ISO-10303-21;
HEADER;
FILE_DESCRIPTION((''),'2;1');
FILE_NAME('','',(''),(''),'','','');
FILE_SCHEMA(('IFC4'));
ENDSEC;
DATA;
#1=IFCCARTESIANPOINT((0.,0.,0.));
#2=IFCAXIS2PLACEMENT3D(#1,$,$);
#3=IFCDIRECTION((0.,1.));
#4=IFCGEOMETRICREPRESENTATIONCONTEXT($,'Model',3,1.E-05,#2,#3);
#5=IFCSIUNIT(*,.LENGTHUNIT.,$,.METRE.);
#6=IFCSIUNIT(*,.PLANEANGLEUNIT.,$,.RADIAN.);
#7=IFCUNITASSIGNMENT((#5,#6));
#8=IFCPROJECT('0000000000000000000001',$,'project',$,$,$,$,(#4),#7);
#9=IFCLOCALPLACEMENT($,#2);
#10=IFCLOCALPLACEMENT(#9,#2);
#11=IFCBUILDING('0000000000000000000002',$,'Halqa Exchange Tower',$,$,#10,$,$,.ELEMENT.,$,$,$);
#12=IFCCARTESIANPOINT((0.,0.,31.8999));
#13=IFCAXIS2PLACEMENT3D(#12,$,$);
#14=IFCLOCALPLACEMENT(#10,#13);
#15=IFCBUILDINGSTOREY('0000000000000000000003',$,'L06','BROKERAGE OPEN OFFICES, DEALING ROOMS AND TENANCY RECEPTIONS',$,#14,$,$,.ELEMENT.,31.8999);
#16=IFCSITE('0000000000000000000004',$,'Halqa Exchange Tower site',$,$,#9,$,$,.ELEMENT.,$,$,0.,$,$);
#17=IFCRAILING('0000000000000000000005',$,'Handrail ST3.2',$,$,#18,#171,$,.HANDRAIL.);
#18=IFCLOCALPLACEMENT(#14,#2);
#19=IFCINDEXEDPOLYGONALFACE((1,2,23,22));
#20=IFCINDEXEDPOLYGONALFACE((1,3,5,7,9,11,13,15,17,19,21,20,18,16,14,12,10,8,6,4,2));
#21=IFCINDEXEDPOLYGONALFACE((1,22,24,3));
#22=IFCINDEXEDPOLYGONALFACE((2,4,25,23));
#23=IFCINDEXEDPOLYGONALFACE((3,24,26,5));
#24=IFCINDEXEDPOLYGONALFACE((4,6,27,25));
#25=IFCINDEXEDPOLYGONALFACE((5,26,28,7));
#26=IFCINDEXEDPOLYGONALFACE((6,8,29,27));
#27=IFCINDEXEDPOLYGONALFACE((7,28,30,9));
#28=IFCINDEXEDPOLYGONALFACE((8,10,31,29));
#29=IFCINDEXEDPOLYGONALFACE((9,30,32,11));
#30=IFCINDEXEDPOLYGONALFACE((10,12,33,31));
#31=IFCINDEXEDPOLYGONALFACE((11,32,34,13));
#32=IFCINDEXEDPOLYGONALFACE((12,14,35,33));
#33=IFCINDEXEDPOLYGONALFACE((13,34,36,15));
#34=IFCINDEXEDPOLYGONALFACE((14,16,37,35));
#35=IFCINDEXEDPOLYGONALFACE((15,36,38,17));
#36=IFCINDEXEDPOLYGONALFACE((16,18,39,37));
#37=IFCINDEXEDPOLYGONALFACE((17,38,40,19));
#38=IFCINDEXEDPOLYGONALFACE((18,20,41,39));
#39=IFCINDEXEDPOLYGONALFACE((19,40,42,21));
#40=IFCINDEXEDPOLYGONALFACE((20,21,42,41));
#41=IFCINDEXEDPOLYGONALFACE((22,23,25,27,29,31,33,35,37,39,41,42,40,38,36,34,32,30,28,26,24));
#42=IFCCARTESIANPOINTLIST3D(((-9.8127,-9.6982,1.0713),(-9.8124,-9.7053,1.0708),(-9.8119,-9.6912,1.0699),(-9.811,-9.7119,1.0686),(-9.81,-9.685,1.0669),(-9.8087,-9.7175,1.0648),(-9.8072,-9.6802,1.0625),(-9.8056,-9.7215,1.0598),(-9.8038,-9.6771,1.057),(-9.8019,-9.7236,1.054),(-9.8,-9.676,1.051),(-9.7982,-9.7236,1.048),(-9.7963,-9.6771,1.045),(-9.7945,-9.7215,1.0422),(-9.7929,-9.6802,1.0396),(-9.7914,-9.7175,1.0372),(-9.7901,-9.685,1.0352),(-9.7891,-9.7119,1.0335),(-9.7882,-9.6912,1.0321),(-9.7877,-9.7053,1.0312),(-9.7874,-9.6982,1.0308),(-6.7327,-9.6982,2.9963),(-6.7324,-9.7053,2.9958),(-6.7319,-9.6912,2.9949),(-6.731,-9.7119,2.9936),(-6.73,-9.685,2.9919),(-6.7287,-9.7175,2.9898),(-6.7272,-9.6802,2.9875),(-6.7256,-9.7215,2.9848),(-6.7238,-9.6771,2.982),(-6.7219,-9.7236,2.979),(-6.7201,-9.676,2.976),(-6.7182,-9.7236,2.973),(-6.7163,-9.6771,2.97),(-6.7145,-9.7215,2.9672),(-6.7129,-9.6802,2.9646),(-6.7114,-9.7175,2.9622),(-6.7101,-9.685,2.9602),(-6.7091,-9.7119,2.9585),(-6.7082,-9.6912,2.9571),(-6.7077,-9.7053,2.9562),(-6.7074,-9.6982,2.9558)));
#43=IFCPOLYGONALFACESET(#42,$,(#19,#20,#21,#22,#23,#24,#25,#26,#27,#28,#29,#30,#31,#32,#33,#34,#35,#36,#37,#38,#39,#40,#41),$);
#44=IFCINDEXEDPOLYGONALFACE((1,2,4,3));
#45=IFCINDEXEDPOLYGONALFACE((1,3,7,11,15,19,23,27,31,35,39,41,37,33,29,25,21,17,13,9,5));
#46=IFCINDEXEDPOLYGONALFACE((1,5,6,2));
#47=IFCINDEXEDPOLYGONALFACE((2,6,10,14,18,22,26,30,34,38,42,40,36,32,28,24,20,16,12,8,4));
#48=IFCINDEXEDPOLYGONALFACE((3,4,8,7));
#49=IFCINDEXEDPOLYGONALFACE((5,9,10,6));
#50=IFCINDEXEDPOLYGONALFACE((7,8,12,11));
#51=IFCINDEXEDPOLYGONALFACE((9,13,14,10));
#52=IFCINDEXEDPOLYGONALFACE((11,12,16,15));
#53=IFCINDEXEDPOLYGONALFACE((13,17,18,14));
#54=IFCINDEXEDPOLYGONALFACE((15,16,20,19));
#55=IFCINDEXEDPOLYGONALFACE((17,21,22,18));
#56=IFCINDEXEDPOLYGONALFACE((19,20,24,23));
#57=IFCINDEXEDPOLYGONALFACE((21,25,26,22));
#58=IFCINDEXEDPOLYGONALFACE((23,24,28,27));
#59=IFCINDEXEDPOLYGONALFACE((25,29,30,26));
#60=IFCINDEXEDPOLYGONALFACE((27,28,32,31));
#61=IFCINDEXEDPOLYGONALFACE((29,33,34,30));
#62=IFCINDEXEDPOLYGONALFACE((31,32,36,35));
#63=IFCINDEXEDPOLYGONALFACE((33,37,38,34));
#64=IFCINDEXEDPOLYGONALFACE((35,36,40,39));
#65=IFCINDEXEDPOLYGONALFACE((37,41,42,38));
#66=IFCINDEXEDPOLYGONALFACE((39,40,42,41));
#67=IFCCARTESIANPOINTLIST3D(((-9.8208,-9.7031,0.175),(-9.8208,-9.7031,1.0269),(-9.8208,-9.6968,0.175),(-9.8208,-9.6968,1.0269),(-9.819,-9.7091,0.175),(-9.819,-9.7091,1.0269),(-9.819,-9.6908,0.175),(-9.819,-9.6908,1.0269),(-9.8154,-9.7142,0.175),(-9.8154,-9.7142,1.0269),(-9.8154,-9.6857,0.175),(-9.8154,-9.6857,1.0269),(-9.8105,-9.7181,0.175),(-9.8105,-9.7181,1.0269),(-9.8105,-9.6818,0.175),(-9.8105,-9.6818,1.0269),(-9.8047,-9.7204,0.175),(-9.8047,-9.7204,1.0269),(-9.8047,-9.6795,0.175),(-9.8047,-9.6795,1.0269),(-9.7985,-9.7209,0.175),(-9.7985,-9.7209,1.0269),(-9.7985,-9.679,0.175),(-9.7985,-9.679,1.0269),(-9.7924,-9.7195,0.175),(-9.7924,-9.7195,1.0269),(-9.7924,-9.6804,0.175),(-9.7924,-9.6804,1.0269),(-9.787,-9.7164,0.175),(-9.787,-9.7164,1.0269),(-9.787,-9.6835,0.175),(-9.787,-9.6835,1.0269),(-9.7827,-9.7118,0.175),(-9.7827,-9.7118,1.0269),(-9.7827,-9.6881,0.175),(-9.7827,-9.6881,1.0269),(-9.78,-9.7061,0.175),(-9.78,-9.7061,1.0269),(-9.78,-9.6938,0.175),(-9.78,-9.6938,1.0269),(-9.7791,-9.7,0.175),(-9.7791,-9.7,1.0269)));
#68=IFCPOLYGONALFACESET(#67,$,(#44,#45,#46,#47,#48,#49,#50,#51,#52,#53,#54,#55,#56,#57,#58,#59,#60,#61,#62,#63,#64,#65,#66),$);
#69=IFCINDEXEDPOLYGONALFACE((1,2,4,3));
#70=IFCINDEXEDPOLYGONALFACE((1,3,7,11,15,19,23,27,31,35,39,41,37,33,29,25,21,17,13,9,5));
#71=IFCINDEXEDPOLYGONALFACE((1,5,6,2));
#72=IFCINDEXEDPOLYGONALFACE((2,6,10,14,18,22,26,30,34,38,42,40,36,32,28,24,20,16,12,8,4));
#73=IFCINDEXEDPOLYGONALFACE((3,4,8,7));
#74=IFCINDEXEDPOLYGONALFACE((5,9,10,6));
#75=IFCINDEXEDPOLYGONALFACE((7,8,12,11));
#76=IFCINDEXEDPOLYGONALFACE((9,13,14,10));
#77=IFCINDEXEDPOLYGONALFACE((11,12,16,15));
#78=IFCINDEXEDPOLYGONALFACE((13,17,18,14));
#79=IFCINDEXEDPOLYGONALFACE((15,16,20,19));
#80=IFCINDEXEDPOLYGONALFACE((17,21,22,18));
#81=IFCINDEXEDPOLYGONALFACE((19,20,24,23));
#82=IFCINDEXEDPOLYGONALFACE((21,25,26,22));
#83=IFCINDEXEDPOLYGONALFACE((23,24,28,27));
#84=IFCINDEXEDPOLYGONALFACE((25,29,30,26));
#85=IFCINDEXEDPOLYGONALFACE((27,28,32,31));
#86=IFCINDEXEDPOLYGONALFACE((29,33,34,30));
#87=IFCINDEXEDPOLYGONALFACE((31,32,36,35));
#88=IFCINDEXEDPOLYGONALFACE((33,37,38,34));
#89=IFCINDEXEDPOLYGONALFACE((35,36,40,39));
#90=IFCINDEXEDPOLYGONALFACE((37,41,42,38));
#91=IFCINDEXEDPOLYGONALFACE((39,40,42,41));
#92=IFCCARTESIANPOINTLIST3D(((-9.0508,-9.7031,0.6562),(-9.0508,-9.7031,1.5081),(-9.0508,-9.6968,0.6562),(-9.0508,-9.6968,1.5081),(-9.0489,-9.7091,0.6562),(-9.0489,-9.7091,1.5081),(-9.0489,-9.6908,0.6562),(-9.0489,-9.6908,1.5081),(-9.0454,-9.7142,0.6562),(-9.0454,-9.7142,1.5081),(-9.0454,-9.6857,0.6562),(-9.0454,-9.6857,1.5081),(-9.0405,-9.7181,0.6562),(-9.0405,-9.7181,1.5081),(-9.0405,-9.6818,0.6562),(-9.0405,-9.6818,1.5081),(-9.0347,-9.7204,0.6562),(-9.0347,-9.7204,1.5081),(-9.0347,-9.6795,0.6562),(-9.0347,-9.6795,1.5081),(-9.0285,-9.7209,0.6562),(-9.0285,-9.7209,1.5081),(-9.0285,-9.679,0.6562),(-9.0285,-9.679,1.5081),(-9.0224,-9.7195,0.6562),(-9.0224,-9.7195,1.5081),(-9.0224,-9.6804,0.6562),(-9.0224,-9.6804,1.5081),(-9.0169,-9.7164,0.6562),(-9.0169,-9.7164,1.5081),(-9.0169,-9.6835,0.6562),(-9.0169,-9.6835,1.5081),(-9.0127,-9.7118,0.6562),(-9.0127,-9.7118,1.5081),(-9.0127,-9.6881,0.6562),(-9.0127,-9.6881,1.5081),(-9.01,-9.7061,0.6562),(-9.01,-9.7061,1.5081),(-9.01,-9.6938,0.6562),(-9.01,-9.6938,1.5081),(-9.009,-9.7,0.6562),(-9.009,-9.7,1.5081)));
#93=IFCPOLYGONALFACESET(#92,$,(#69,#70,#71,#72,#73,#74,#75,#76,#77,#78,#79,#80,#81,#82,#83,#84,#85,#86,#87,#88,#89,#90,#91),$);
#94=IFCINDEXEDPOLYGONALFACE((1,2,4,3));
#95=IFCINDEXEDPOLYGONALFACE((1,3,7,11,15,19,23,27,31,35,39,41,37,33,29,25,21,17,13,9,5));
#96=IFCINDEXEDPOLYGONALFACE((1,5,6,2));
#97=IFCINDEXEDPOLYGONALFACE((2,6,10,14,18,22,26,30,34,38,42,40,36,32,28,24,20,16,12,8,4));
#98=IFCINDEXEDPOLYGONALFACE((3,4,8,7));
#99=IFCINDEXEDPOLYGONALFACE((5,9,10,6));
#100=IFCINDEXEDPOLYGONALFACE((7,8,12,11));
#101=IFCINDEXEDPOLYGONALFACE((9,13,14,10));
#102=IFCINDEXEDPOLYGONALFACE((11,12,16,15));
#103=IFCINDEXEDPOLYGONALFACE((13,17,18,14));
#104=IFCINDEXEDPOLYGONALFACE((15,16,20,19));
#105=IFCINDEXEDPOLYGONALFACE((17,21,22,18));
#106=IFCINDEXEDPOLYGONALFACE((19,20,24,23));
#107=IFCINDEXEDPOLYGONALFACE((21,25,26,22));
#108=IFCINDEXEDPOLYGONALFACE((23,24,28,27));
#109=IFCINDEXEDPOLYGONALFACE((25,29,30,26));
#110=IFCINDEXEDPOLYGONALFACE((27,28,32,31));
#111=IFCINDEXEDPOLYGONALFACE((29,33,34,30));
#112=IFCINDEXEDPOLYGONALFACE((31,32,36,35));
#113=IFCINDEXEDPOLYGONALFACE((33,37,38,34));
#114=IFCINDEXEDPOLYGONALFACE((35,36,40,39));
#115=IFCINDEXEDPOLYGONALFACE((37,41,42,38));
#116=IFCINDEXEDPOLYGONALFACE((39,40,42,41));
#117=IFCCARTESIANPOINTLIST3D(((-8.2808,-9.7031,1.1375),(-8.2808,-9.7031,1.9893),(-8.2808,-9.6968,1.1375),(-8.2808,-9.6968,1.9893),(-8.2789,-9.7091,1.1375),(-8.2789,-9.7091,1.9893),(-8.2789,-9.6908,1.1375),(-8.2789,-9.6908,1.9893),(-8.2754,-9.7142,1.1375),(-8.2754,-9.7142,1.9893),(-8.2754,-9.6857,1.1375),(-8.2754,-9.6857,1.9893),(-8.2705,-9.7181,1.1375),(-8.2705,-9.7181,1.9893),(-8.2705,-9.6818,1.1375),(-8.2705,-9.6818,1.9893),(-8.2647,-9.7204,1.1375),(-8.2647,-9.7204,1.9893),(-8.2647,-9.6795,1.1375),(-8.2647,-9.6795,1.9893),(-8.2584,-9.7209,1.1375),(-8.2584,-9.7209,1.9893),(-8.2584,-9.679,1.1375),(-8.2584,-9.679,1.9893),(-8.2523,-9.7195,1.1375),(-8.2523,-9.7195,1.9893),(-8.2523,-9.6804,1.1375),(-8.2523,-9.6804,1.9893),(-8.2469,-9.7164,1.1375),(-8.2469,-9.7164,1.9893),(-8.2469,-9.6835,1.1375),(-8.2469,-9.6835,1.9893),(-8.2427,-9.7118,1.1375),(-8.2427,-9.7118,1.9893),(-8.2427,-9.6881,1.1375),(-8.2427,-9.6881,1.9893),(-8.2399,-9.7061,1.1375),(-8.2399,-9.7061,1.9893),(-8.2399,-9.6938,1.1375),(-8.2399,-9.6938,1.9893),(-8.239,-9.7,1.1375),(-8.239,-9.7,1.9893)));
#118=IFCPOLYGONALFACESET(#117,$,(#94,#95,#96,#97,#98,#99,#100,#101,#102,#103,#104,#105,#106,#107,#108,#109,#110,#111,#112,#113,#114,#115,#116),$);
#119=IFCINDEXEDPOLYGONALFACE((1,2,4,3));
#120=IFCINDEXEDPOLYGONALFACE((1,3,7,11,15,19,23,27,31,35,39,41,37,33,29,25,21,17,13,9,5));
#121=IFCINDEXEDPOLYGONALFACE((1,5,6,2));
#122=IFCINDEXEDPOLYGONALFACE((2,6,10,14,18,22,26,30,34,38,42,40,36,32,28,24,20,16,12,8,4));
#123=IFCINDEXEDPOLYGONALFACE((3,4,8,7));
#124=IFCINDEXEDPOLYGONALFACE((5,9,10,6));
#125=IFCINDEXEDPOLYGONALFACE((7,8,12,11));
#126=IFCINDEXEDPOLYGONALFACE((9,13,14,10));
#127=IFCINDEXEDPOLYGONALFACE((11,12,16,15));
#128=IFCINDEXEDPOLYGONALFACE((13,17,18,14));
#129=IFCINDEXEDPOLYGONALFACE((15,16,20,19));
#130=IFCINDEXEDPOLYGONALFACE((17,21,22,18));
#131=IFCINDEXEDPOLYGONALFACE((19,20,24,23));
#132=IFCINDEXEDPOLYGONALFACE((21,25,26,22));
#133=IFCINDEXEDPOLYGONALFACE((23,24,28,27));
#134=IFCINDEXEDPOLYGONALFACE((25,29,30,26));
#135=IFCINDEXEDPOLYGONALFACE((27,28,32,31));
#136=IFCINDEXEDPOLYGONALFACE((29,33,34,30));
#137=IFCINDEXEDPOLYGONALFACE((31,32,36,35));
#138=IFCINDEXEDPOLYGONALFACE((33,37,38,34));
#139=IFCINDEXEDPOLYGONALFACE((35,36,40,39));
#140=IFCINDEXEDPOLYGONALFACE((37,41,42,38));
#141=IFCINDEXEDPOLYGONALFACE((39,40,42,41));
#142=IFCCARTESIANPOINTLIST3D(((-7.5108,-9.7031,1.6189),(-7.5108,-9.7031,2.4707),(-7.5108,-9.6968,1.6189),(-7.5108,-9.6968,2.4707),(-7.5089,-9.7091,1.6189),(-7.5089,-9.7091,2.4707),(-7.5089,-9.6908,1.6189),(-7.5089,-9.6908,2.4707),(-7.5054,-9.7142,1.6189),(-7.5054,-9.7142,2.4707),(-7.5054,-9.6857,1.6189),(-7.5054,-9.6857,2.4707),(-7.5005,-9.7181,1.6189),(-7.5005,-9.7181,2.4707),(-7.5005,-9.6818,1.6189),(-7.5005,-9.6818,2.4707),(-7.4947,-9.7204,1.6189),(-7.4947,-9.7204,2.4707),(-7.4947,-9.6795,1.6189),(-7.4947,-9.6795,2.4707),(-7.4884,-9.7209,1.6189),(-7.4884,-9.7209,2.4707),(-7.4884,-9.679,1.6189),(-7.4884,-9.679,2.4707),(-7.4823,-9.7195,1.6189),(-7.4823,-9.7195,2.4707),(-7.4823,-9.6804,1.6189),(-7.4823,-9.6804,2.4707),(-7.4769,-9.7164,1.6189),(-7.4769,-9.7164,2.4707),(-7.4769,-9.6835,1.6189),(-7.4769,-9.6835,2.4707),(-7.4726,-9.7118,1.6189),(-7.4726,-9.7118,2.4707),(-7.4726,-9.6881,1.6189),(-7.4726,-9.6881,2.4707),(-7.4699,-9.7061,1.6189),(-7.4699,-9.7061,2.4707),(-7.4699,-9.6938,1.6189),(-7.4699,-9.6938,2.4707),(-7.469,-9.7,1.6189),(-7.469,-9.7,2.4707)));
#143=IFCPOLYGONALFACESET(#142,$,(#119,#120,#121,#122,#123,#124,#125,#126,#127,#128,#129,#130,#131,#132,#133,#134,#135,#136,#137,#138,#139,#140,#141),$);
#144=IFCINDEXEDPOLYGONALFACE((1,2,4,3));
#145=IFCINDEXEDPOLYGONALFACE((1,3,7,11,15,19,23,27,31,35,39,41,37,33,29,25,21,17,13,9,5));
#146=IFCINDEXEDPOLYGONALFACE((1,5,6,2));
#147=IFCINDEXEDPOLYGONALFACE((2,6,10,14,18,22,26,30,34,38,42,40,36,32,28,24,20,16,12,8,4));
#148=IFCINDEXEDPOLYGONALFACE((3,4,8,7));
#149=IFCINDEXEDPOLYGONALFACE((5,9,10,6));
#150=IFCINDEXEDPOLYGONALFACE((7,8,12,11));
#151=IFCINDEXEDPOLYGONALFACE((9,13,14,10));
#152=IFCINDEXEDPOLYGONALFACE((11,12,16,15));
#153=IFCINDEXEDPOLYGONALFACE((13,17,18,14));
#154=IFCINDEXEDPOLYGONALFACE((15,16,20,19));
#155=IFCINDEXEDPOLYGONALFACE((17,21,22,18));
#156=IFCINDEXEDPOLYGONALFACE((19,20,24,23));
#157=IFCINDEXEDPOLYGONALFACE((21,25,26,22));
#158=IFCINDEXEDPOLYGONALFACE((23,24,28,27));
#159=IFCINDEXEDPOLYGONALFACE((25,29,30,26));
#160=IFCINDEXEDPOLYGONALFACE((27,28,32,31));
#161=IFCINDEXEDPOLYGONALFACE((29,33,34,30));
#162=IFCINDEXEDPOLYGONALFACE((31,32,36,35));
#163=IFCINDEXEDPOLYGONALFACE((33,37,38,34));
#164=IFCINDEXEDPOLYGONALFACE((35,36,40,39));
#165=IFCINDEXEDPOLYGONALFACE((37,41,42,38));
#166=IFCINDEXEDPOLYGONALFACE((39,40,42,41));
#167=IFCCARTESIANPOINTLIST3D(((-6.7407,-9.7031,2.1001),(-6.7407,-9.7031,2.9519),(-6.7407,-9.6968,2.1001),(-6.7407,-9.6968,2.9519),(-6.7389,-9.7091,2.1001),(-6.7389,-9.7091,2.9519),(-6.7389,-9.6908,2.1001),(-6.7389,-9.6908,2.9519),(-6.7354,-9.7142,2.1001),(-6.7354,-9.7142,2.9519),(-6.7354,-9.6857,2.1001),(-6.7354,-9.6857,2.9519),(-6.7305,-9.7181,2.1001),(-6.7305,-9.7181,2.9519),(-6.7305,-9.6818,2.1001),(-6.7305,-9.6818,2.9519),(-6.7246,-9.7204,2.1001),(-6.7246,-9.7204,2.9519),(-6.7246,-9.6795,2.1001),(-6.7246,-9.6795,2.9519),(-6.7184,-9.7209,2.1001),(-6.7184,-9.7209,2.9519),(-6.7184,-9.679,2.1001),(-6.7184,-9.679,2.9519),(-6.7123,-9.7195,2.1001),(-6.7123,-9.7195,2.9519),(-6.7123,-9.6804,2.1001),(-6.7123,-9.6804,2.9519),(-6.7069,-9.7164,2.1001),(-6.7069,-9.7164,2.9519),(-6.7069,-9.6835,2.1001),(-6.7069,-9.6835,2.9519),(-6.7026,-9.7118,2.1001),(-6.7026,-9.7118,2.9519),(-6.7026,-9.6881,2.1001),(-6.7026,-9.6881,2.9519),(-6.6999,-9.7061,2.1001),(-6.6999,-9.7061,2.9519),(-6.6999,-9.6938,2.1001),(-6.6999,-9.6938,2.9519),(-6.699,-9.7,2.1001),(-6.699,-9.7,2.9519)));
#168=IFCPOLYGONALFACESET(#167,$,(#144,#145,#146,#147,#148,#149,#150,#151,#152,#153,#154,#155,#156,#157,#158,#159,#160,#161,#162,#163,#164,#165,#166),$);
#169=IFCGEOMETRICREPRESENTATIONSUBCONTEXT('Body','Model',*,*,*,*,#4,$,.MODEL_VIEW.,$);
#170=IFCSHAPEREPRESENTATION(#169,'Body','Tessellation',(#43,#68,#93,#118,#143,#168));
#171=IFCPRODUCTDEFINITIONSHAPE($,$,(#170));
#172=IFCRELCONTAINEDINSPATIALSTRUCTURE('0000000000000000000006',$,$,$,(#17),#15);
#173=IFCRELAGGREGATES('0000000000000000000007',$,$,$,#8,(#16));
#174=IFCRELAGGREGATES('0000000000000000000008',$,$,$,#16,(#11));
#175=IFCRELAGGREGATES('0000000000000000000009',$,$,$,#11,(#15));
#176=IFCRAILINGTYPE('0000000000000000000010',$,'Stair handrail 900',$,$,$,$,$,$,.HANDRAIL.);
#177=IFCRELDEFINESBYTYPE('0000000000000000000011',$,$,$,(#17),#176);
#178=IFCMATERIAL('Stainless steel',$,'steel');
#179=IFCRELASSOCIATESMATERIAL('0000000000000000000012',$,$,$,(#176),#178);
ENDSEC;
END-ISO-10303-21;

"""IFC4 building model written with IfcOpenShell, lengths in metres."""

from ifc_helpers import new_model, si_unit, direction, frame, origin, origin_2d, place, context, subcontext, project, spatial, circle, extrude, material, type_object, element, save


model = new_model("IFC4")

# Units and contexts
model_context = context("Model", 3, precision=1e-05, world=origin(), true_north=direction((0.0, 1.0)))
body_context = subcontext(model_context, "Body", "Model", "MODEL_VIEW")
ifc_project = project(units=[si_unit("LENGTHUNIT", "METRE"), si_unit("PLANEANGLEUNIT", "RADIAN")], contexts=[model_context])

# Site, building, storey
site_placement = place(None, origin())
site = spatial("IfcSite", under=ifc_project, at=site_placement, Name="Halqa Exchange Tower site", CompositionType="ELEMENT", RefElevation=0.0)
building_placement = place(site_placement, origin())
building = spatial("IfcBuilding", under=site, at=building_placement, Name="Halqa Exchange Tower", CompositionType="ELEMENT")
storey_placement = place(building_placement, frame((0.0, 0.0, 31.8999)))
storey = spatial("IfcBuildingStorey", under=building, at=storey_placement, Name="L06", Description="BROKERAGE OPEN OFFICES, DEALING ROOMS AND TENANCY RECEPTIONS", CompositionType="ELEMENT", Elevation=31.8999)

# Shared definitions
ifc_material_1 = material(Name="Stainless steel", Category="steel")

# Railing
railing_type_1 = type_object("IfcRailingType", Name="Stair handrail 900", PredefinedType="HANDRAIL", material=ifc_material_1)
railing_1_placement = place(storey_placement, frame((-9.8, -9.7, 0.175)))
element("IfcRailing", 1, at=railing_1_placement, inside=storey, type_object=railing_type_1, Name="Handrail ST3.2", PredefinedType="HANDRAIL", context=body_context, shape_type="SweptSolid", body=[
    extrude(circle(Radius=0.0239, at=origin_2d()), frame((0.0, 0.0, 0.876), z_axis=(0.847998, 0.0, 0.529999), x_axis=(0.0, 1.0, 0.0)), (0.0, 0.0, 1.0), 3.6321),
    extrude(circle(Radius=0.021, at=origin_2d()), origin(), (0.0, 0.0, 1.0), 0.8518),
    extrude(circle(Radius=0.021, at=origin_2d()), frame((0.77, 0.0, 0.4812)), (0.0, 0.0, 1.0), 0.8518),
    extrude(circle(Radius=0.021, at=origin_2d()), frame((1.54, 0.0, 0.9624)), (0.0, 0.0, 1.0), 0.8518),
    extrude(circle(Radius=0.021, at=origin_2d()), frame((2.3101, 0.0, 1.4438)), (0.0, 0.0, 1.0), 0.8518),
    extrude(circle(Radius=0.021, at=origin_2d()), frame((3.0801, 0.0, 1.925)), (0.0, 0.0, 1.0), 0.8518),
])

save(model, "model.ifc")
